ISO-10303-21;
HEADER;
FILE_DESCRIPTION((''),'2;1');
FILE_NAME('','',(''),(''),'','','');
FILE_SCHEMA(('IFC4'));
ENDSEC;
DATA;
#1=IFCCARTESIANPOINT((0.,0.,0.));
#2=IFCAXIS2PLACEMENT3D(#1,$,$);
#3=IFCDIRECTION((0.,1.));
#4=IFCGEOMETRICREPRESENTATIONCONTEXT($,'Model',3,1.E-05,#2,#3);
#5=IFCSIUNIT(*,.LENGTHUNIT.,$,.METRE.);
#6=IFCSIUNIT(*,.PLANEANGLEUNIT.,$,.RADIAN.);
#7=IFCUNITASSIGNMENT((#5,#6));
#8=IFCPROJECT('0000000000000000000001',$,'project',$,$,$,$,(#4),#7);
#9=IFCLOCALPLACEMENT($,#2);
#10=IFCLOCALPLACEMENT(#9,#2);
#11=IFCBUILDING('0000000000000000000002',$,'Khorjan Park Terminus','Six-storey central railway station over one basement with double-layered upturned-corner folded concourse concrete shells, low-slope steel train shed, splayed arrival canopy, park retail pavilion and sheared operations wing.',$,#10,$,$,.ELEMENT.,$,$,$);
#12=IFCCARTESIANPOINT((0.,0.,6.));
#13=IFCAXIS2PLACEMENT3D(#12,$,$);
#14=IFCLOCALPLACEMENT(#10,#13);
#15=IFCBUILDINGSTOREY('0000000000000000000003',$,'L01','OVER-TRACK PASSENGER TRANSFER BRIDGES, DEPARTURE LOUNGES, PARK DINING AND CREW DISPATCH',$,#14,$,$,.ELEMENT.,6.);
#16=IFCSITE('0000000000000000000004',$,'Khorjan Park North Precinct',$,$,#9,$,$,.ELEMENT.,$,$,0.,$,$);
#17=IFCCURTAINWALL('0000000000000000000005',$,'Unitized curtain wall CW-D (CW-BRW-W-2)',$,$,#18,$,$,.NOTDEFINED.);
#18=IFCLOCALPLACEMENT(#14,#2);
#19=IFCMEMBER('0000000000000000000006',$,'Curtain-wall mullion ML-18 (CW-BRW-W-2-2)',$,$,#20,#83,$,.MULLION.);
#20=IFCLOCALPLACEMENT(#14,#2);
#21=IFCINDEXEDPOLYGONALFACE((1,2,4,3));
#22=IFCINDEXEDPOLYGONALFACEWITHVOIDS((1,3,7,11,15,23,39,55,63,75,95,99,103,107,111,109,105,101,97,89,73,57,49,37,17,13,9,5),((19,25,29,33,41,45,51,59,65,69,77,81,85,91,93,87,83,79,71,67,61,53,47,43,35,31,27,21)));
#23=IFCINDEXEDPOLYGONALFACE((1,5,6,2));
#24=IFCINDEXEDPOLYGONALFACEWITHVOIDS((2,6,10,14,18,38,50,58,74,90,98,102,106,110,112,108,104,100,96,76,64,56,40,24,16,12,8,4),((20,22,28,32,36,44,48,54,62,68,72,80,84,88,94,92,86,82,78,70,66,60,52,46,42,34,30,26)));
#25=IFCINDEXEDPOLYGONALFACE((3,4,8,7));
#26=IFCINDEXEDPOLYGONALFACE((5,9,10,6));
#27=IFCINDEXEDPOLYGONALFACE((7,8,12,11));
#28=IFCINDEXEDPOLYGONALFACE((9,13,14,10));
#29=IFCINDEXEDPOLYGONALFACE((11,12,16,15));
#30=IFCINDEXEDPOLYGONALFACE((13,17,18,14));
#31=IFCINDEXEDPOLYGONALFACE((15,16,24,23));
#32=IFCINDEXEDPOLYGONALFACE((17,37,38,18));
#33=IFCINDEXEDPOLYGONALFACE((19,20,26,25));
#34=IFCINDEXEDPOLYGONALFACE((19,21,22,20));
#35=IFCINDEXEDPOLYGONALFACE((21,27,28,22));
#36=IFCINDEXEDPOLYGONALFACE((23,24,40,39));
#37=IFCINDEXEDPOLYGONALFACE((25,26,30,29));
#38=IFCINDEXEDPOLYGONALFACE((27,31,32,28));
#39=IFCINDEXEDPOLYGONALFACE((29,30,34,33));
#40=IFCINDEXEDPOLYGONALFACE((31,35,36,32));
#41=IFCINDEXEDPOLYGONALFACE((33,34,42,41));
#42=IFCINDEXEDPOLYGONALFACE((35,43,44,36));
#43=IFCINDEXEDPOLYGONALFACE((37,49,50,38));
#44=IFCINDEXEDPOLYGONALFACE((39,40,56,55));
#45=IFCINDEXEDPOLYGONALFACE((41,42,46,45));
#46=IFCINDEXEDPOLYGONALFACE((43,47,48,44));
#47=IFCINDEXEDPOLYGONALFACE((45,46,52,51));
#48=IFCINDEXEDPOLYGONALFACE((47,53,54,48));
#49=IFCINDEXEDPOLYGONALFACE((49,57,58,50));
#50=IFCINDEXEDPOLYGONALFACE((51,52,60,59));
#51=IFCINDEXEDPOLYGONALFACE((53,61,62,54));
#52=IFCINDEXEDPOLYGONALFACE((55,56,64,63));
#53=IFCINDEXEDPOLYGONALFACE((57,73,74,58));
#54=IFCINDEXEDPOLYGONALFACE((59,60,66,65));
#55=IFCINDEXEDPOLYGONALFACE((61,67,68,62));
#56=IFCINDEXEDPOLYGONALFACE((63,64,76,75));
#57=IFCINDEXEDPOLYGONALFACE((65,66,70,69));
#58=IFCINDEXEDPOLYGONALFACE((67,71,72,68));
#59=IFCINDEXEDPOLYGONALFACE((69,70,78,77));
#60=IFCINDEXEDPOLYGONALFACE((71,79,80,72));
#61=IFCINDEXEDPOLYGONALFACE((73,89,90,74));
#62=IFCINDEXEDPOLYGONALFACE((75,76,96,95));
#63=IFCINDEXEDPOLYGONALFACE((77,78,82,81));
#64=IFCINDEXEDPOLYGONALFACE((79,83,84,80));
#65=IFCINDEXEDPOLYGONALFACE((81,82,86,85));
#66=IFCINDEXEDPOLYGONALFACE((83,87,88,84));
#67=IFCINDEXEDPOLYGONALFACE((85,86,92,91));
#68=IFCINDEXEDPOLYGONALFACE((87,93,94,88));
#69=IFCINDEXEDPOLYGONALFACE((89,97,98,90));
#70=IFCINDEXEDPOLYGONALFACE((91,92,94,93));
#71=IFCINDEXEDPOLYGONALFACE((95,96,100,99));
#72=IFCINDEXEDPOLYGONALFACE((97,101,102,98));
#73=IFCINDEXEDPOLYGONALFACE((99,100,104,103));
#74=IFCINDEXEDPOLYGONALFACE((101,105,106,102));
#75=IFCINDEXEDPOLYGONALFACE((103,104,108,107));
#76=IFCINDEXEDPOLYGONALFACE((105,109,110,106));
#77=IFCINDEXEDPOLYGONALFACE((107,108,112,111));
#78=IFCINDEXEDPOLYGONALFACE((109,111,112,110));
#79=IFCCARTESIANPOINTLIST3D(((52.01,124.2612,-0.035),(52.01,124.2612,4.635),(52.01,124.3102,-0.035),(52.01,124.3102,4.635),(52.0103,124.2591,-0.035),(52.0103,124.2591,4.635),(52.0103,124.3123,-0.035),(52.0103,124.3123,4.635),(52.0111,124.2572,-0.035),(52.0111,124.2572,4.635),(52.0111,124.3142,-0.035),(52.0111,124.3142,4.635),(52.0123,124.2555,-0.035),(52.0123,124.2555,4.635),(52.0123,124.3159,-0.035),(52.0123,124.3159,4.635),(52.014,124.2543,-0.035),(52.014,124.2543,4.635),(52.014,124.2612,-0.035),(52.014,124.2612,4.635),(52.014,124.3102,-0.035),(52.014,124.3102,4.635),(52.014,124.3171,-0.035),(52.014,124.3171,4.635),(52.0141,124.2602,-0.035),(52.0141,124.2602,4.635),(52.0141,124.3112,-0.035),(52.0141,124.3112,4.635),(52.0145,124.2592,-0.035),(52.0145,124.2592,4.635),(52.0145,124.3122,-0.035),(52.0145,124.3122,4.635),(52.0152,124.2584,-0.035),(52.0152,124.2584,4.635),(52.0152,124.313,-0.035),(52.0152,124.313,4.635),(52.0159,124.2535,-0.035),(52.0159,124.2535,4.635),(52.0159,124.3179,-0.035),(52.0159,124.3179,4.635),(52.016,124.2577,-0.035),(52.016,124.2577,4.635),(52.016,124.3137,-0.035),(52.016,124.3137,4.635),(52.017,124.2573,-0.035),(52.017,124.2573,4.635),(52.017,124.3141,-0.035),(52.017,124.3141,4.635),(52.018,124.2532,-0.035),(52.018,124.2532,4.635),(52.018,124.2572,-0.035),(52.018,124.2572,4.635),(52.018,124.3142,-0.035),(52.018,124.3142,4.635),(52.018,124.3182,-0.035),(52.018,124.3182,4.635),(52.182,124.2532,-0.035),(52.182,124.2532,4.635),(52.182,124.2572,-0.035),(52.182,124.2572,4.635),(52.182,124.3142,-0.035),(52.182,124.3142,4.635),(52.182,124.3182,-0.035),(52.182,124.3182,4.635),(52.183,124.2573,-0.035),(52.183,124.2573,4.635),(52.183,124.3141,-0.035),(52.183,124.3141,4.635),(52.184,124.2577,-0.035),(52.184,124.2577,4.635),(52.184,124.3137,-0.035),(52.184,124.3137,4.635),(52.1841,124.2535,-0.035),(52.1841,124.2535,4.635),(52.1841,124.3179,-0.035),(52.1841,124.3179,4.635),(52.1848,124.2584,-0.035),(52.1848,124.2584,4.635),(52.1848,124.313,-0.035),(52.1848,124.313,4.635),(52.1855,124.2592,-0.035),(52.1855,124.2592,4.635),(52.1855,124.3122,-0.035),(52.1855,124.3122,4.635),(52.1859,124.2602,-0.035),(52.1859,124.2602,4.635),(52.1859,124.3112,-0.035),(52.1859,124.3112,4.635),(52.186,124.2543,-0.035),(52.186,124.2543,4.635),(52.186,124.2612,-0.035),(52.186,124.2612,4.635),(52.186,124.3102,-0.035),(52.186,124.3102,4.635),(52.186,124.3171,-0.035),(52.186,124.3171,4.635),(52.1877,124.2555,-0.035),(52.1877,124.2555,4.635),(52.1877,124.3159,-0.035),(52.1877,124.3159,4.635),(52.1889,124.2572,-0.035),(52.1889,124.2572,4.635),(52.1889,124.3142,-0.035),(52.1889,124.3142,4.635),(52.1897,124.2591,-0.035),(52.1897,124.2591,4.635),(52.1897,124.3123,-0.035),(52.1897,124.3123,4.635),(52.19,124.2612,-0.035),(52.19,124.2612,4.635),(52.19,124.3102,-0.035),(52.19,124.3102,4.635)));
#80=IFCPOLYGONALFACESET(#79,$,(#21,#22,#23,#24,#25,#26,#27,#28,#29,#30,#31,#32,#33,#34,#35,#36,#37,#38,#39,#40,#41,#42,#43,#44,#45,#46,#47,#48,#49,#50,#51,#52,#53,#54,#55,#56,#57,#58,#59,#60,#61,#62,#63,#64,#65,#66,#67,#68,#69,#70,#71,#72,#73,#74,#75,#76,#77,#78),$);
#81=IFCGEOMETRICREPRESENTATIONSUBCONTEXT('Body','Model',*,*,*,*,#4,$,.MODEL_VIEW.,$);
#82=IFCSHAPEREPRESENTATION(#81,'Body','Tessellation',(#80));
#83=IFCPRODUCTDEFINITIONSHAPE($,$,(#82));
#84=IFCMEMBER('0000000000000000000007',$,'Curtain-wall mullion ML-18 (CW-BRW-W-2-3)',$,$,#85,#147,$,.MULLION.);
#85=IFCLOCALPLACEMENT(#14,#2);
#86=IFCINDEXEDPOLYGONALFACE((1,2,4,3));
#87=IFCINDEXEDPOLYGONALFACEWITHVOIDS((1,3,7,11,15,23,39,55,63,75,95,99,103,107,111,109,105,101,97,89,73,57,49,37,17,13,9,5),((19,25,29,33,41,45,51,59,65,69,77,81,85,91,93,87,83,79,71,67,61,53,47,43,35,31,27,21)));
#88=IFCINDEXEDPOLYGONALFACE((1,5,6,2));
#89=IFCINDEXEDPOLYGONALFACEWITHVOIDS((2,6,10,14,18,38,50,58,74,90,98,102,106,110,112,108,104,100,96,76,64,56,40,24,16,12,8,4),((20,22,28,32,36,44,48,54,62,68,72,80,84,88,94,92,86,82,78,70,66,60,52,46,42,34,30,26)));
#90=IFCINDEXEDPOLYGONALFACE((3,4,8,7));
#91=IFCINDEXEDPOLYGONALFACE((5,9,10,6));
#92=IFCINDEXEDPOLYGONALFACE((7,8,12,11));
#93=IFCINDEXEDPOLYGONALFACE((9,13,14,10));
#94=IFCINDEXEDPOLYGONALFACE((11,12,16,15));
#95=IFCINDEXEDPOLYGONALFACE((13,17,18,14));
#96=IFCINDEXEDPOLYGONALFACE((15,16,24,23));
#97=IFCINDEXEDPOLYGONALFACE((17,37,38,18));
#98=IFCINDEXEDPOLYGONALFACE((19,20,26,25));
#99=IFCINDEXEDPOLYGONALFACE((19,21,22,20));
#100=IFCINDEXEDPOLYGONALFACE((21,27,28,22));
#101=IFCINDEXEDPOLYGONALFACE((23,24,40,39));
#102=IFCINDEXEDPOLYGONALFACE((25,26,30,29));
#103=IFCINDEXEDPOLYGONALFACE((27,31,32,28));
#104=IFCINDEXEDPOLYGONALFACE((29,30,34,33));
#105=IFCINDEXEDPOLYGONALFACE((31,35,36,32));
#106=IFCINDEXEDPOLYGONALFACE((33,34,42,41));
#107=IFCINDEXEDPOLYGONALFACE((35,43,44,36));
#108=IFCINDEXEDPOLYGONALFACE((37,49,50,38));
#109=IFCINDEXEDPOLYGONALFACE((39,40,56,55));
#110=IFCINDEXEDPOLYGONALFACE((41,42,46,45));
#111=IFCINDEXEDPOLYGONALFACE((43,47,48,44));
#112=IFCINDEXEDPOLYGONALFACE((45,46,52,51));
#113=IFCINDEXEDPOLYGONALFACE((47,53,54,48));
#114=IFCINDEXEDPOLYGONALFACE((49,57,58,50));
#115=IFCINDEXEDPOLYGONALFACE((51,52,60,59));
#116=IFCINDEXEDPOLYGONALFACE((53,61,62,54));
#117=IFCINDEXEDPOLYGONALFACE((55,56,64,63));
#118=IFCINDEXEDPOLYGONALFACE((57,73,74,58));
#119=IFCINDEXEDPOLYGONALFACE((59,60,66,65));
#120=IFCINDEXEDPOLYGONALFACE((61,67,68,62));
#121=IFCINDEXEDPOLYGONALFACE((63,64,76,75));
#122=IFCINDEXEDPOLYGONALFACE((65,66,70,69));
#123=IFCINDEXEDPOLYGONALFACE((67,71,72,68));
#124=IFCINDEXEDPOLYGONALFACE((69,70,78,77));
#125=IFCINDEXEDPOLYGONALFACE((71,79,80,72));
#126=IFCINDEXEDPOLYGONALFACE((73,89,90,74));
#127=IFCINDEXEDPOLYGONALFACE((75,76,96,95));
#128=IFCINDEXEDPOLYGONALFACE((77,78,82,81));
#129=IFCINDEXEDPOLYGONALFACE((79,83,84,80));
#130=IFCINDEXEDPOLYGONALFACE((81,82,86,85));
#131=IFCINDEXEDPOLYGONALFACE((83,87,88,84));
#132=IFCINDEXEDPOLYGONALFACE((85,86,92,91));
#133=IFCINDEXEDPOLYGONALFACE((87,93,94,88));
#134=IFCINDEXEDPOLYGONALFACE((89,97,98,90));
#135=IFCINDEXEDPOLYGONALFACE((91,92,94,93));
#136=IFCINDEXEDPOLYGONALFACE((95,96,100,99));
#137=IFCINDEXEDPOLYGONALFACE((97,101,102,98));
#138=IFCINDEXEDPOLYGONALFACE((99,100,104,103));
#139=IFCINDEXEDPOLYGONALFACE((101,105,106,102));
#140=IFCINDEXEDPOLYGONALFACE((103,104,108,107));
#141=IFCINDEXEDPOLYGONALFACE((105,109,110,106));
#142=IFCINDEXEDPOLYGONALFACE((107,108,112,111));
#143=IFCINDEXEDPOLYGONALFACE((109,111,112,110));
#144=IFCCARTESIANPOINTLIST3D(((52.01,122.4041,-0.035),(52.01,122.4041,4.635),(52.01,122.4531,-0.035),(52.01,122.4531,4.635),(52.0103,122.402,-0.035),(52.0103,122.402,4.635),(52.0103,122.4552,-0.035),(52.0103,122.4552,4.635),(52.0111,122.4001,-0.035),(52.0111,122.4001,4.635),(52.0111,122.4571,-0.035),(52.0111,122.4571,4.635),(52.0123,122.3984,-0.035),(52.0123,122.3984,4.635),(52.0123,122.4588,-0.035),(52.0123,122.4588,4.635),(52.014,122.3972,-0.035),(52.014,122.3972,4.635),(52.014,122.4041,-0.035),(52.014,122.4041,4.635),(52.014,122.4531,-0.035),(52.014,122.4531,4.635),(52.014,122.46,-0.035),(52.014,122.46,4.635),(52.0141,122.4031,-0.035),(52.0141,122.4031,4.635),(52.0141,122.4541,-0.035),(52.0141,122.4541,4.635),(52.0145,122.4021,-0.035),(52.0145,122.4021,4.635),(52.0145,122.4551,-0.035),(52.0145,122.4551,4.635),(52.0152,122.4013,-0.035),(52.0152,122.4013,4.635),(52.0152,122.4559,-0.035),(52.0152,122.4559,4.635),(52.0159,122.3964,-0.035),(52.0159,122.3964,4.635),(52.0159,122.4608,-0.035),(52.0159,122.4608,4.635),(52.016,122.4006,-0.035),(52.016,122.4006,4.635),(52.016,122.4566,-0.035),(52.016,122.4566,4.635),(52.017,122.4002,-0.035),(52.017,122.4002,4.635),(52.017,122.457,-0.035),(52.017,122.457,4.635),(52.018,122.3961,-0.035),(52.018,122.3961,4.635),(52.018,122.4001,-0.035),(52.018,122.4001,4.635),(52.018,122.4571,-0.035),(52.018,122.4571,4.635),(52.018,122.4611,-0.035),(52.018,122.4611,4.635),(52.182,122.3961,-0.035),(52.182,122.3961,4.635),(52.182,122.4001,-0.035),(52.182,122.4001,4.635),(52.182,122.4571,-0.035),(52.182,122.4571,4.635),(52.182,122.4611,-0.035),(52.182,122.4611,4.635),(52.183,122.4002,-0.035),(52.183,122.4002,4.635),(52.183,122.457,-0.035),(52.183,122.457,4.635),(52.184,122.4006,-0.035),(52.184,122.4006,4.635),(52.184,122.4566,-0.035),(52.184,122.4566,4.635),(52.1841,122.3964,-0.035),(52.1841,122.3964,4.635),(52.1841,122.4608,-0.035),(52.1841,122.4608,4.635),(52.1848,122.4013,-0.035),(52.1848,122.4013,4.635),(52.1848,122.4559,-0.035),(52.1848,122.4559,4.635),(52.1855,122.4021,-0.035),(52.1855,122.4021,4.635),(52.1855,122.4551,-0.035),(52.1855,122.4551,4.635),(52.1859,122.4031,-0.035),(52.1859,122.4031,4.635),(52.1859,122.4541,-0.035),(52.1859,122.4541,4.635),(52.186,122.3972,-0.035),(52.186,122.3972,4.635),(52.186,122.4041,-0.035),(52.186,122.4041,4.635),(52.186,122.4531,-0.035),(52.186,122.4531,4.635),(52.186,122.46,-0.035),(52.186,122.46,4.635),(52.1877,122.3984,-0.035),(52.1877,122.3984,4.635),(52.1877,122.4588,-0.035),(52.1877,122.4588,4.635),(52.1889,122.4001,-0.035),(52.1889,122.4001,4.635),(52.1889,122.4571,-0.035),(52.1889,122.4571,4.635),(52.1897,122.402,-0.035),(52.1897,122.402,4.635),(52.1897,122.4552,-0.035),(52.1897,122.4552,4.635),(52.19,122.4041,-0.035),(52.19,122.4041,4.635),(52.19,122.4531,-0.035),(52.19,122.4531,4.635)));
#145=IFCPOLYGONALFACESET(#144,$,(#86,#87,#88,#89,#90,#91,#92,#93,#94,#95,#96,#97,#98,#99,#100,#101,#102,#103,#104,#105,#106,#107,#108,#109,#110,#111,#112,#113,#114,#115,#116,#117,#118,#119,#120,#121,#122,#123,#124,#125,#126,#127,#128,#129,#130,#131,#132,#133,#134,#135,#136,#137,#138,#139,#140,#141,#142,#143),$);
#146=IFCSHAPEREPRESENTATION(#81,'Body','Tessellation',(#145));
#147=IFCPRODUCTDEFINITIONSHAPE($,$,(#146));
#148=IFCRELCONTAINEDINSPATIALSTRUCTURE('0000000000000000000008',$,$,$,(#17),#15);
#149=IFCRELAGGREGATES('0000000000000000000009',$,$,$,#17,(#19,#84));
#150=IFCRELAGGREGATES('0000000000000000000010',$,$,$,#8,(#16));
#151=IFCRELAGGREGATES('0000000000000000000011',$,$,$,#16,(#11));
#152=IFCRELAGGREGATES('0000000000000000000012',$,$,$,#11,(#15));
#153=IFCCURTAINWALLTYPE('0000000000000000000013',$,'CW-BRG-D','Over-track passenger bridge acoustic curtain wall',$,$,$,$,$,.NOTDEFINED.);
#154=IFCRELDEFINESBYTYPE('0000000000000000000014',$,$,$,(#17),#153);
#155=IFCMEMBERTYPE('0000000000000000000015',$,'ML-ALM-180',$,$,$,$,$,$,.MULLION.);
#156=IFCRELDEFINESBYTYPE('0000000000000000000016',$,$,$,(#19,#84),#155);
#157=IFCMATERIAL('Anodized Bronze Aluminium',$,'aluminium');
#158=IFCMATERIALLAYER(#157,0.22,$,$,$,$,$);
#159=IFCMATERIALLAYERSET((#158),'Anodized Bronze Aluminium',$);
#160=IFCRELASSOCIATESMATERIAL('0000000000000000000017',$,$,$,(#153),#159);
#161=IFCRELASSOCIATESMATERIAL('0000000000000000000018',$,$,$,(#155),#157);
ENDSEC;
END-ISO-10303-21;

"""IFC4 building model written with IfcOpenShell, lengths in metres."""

from ifc_helpers import new_model, si_unit, direction, frame, origin, origin_2d, place, context, subcontext, project, spatial, hollow_rectangle, extrude, material, layer, layer_set, material_profile, profile_set, type_object, element, aggregate, save


model = new_model("IFC4")

# Units and contexts
model_context = context("Model", 3, precision=1e-05, world=origin(), true_north=direction((0.0, 1.0)))
body_context = subcontext(model_context, "Body", "Model", "MODEL_VIEW")
ifc_project = project(units=[si_unit("LENGTHUNIT", "METRE"), si_unit("PLANEANGLEUNIT", "RADIAN")], contexts=[model_context])

# Site, building, storey
site_placement = place(None, origin())
site = spatial("IfcSite", under=ifc_project, at=site_placement, Name="Khorjan Park North Precinct", CompositionType="ELEMENT", RefElevation=0.0)
building_placement = place(site_placement, origin())
building = spatial("IfcBuilding", under=site, at=building_placement, Name="Khorjan Park Terminus", Description="Six-storey central railway station over one basement with double-layered upturned-corner folded concourse concrete shells, low-slope steel train shed, splayed arrival canopy, park retail pavilion and sheared operations wing.", CompositionType="ELEMENT")
storey_placement = place(building_placement, frame((0.0, 0.0, 6.0)))
storey = spatial("IfcBuildingStorey", under=building, at=storey_placement, Name="L01", Description="OVER-TRACK PASSENGER TRANSFER BRIDGES, DEPARTURE LOUNGES, PARK DINING AND CREW DISPATCH", CompositionType="ELEMENT", Elevation=6.0)

# Curtain wall, members
ifc_material_1 = material(Name="Anodized Bronze Aluminium", Category="aluminium")
ifc_layer_1 = layer(ifc_material_1, 0.22)
ifc_layer_set_1 = layer_set([ifc_layer_1], Name="Anodized Bronze Aluminium")
curtain_wall_type = type_object("IfcCurtainWallType", Name="CW-BRG-D", Description="Over-track passenger bridge acoustic curtain wall", PredefinedType="NOTDEFINED", material=ifc_layer_set_1)
curtain_wall_placement = place(storey_placement, origin())
curtain_wall = element("IfcCurtainWall", 1, at=curtain_wall_placement, inside=storey, type_object=curtain_wall_type, Name="Unitized curtain wall CW-D (CW-BRW-W-2)", PredefinedType="NOTDEFINED")
ifc_material_profile_1 = material_profile(ifc_material_1, hollow_rectangle(XDim=0.065, YDim=0.18, WallThickness=0.004, InnerFilletRadius=0.004, OuterFilletRadius=0.008, at=origin_2d()), Name="ALM 65x180x4")
ifc_profile_set_1 = profile_set([ifc_material_profile_1], Name="Anodized Bronze Aluminium")
member_type_1 = type_object("IfcMemberType", Name="ML-ALM-180", PredefinedType="MULLION", material=ifc_profile_set_1)
member_1_placement = place(storey_placement, frame((52.1, 124.2857, -0.035), z_axis=(0.0, 0.0, 1.0), x_axis=(0.0, -1.0, 0.0)))
member_1 = element("IfcMember", 2, at=member_1_placement, type_object=member_type_1, Name="Curtain-wall mullion ML-18 (CW-BRW-W-2-2)", PredefinedType="MULLION", context=body_context, shape_type="SweptSolid", body=[
    extrude(hollow_rectangle(XDim=0.065, YDim=0.18, WallThickness=0.004, InnerFilletRadius=0.004, OuterFilletRadius=0.008, at=origin_2d()), origin(), (0.0, 0.0, 1.0), 4.67),
])
member_2_placement = place(storey_placement, frame((52.1, 122.4286, -0.035), z_axis=(0.0, 0.0, 1.0), x_axis=(0.0, -1.0, 0.0)))
member_2 = element("IfcMember", 3, at=member_2_placement, type_object=member_type_1, Name="Curtain-wall mullion ML-18 (CW-BRW-W-2-3)", PredefinedType="MULLION", context=body_context, shape_type="SweptSolid", body=[
    extrude(hollow_rectangle(XDim=0.065, YDim=0.18, WallThickness=0.004, InnerFilletRadius=0.004, OuterFilletRadius=0.008, at=origin_2d()), origin(), (0.0, 0.0, 1.0), 4.67),
])
aggregate(curtain_wall, [member_1, member_2])

save(model, "model.ifc")
